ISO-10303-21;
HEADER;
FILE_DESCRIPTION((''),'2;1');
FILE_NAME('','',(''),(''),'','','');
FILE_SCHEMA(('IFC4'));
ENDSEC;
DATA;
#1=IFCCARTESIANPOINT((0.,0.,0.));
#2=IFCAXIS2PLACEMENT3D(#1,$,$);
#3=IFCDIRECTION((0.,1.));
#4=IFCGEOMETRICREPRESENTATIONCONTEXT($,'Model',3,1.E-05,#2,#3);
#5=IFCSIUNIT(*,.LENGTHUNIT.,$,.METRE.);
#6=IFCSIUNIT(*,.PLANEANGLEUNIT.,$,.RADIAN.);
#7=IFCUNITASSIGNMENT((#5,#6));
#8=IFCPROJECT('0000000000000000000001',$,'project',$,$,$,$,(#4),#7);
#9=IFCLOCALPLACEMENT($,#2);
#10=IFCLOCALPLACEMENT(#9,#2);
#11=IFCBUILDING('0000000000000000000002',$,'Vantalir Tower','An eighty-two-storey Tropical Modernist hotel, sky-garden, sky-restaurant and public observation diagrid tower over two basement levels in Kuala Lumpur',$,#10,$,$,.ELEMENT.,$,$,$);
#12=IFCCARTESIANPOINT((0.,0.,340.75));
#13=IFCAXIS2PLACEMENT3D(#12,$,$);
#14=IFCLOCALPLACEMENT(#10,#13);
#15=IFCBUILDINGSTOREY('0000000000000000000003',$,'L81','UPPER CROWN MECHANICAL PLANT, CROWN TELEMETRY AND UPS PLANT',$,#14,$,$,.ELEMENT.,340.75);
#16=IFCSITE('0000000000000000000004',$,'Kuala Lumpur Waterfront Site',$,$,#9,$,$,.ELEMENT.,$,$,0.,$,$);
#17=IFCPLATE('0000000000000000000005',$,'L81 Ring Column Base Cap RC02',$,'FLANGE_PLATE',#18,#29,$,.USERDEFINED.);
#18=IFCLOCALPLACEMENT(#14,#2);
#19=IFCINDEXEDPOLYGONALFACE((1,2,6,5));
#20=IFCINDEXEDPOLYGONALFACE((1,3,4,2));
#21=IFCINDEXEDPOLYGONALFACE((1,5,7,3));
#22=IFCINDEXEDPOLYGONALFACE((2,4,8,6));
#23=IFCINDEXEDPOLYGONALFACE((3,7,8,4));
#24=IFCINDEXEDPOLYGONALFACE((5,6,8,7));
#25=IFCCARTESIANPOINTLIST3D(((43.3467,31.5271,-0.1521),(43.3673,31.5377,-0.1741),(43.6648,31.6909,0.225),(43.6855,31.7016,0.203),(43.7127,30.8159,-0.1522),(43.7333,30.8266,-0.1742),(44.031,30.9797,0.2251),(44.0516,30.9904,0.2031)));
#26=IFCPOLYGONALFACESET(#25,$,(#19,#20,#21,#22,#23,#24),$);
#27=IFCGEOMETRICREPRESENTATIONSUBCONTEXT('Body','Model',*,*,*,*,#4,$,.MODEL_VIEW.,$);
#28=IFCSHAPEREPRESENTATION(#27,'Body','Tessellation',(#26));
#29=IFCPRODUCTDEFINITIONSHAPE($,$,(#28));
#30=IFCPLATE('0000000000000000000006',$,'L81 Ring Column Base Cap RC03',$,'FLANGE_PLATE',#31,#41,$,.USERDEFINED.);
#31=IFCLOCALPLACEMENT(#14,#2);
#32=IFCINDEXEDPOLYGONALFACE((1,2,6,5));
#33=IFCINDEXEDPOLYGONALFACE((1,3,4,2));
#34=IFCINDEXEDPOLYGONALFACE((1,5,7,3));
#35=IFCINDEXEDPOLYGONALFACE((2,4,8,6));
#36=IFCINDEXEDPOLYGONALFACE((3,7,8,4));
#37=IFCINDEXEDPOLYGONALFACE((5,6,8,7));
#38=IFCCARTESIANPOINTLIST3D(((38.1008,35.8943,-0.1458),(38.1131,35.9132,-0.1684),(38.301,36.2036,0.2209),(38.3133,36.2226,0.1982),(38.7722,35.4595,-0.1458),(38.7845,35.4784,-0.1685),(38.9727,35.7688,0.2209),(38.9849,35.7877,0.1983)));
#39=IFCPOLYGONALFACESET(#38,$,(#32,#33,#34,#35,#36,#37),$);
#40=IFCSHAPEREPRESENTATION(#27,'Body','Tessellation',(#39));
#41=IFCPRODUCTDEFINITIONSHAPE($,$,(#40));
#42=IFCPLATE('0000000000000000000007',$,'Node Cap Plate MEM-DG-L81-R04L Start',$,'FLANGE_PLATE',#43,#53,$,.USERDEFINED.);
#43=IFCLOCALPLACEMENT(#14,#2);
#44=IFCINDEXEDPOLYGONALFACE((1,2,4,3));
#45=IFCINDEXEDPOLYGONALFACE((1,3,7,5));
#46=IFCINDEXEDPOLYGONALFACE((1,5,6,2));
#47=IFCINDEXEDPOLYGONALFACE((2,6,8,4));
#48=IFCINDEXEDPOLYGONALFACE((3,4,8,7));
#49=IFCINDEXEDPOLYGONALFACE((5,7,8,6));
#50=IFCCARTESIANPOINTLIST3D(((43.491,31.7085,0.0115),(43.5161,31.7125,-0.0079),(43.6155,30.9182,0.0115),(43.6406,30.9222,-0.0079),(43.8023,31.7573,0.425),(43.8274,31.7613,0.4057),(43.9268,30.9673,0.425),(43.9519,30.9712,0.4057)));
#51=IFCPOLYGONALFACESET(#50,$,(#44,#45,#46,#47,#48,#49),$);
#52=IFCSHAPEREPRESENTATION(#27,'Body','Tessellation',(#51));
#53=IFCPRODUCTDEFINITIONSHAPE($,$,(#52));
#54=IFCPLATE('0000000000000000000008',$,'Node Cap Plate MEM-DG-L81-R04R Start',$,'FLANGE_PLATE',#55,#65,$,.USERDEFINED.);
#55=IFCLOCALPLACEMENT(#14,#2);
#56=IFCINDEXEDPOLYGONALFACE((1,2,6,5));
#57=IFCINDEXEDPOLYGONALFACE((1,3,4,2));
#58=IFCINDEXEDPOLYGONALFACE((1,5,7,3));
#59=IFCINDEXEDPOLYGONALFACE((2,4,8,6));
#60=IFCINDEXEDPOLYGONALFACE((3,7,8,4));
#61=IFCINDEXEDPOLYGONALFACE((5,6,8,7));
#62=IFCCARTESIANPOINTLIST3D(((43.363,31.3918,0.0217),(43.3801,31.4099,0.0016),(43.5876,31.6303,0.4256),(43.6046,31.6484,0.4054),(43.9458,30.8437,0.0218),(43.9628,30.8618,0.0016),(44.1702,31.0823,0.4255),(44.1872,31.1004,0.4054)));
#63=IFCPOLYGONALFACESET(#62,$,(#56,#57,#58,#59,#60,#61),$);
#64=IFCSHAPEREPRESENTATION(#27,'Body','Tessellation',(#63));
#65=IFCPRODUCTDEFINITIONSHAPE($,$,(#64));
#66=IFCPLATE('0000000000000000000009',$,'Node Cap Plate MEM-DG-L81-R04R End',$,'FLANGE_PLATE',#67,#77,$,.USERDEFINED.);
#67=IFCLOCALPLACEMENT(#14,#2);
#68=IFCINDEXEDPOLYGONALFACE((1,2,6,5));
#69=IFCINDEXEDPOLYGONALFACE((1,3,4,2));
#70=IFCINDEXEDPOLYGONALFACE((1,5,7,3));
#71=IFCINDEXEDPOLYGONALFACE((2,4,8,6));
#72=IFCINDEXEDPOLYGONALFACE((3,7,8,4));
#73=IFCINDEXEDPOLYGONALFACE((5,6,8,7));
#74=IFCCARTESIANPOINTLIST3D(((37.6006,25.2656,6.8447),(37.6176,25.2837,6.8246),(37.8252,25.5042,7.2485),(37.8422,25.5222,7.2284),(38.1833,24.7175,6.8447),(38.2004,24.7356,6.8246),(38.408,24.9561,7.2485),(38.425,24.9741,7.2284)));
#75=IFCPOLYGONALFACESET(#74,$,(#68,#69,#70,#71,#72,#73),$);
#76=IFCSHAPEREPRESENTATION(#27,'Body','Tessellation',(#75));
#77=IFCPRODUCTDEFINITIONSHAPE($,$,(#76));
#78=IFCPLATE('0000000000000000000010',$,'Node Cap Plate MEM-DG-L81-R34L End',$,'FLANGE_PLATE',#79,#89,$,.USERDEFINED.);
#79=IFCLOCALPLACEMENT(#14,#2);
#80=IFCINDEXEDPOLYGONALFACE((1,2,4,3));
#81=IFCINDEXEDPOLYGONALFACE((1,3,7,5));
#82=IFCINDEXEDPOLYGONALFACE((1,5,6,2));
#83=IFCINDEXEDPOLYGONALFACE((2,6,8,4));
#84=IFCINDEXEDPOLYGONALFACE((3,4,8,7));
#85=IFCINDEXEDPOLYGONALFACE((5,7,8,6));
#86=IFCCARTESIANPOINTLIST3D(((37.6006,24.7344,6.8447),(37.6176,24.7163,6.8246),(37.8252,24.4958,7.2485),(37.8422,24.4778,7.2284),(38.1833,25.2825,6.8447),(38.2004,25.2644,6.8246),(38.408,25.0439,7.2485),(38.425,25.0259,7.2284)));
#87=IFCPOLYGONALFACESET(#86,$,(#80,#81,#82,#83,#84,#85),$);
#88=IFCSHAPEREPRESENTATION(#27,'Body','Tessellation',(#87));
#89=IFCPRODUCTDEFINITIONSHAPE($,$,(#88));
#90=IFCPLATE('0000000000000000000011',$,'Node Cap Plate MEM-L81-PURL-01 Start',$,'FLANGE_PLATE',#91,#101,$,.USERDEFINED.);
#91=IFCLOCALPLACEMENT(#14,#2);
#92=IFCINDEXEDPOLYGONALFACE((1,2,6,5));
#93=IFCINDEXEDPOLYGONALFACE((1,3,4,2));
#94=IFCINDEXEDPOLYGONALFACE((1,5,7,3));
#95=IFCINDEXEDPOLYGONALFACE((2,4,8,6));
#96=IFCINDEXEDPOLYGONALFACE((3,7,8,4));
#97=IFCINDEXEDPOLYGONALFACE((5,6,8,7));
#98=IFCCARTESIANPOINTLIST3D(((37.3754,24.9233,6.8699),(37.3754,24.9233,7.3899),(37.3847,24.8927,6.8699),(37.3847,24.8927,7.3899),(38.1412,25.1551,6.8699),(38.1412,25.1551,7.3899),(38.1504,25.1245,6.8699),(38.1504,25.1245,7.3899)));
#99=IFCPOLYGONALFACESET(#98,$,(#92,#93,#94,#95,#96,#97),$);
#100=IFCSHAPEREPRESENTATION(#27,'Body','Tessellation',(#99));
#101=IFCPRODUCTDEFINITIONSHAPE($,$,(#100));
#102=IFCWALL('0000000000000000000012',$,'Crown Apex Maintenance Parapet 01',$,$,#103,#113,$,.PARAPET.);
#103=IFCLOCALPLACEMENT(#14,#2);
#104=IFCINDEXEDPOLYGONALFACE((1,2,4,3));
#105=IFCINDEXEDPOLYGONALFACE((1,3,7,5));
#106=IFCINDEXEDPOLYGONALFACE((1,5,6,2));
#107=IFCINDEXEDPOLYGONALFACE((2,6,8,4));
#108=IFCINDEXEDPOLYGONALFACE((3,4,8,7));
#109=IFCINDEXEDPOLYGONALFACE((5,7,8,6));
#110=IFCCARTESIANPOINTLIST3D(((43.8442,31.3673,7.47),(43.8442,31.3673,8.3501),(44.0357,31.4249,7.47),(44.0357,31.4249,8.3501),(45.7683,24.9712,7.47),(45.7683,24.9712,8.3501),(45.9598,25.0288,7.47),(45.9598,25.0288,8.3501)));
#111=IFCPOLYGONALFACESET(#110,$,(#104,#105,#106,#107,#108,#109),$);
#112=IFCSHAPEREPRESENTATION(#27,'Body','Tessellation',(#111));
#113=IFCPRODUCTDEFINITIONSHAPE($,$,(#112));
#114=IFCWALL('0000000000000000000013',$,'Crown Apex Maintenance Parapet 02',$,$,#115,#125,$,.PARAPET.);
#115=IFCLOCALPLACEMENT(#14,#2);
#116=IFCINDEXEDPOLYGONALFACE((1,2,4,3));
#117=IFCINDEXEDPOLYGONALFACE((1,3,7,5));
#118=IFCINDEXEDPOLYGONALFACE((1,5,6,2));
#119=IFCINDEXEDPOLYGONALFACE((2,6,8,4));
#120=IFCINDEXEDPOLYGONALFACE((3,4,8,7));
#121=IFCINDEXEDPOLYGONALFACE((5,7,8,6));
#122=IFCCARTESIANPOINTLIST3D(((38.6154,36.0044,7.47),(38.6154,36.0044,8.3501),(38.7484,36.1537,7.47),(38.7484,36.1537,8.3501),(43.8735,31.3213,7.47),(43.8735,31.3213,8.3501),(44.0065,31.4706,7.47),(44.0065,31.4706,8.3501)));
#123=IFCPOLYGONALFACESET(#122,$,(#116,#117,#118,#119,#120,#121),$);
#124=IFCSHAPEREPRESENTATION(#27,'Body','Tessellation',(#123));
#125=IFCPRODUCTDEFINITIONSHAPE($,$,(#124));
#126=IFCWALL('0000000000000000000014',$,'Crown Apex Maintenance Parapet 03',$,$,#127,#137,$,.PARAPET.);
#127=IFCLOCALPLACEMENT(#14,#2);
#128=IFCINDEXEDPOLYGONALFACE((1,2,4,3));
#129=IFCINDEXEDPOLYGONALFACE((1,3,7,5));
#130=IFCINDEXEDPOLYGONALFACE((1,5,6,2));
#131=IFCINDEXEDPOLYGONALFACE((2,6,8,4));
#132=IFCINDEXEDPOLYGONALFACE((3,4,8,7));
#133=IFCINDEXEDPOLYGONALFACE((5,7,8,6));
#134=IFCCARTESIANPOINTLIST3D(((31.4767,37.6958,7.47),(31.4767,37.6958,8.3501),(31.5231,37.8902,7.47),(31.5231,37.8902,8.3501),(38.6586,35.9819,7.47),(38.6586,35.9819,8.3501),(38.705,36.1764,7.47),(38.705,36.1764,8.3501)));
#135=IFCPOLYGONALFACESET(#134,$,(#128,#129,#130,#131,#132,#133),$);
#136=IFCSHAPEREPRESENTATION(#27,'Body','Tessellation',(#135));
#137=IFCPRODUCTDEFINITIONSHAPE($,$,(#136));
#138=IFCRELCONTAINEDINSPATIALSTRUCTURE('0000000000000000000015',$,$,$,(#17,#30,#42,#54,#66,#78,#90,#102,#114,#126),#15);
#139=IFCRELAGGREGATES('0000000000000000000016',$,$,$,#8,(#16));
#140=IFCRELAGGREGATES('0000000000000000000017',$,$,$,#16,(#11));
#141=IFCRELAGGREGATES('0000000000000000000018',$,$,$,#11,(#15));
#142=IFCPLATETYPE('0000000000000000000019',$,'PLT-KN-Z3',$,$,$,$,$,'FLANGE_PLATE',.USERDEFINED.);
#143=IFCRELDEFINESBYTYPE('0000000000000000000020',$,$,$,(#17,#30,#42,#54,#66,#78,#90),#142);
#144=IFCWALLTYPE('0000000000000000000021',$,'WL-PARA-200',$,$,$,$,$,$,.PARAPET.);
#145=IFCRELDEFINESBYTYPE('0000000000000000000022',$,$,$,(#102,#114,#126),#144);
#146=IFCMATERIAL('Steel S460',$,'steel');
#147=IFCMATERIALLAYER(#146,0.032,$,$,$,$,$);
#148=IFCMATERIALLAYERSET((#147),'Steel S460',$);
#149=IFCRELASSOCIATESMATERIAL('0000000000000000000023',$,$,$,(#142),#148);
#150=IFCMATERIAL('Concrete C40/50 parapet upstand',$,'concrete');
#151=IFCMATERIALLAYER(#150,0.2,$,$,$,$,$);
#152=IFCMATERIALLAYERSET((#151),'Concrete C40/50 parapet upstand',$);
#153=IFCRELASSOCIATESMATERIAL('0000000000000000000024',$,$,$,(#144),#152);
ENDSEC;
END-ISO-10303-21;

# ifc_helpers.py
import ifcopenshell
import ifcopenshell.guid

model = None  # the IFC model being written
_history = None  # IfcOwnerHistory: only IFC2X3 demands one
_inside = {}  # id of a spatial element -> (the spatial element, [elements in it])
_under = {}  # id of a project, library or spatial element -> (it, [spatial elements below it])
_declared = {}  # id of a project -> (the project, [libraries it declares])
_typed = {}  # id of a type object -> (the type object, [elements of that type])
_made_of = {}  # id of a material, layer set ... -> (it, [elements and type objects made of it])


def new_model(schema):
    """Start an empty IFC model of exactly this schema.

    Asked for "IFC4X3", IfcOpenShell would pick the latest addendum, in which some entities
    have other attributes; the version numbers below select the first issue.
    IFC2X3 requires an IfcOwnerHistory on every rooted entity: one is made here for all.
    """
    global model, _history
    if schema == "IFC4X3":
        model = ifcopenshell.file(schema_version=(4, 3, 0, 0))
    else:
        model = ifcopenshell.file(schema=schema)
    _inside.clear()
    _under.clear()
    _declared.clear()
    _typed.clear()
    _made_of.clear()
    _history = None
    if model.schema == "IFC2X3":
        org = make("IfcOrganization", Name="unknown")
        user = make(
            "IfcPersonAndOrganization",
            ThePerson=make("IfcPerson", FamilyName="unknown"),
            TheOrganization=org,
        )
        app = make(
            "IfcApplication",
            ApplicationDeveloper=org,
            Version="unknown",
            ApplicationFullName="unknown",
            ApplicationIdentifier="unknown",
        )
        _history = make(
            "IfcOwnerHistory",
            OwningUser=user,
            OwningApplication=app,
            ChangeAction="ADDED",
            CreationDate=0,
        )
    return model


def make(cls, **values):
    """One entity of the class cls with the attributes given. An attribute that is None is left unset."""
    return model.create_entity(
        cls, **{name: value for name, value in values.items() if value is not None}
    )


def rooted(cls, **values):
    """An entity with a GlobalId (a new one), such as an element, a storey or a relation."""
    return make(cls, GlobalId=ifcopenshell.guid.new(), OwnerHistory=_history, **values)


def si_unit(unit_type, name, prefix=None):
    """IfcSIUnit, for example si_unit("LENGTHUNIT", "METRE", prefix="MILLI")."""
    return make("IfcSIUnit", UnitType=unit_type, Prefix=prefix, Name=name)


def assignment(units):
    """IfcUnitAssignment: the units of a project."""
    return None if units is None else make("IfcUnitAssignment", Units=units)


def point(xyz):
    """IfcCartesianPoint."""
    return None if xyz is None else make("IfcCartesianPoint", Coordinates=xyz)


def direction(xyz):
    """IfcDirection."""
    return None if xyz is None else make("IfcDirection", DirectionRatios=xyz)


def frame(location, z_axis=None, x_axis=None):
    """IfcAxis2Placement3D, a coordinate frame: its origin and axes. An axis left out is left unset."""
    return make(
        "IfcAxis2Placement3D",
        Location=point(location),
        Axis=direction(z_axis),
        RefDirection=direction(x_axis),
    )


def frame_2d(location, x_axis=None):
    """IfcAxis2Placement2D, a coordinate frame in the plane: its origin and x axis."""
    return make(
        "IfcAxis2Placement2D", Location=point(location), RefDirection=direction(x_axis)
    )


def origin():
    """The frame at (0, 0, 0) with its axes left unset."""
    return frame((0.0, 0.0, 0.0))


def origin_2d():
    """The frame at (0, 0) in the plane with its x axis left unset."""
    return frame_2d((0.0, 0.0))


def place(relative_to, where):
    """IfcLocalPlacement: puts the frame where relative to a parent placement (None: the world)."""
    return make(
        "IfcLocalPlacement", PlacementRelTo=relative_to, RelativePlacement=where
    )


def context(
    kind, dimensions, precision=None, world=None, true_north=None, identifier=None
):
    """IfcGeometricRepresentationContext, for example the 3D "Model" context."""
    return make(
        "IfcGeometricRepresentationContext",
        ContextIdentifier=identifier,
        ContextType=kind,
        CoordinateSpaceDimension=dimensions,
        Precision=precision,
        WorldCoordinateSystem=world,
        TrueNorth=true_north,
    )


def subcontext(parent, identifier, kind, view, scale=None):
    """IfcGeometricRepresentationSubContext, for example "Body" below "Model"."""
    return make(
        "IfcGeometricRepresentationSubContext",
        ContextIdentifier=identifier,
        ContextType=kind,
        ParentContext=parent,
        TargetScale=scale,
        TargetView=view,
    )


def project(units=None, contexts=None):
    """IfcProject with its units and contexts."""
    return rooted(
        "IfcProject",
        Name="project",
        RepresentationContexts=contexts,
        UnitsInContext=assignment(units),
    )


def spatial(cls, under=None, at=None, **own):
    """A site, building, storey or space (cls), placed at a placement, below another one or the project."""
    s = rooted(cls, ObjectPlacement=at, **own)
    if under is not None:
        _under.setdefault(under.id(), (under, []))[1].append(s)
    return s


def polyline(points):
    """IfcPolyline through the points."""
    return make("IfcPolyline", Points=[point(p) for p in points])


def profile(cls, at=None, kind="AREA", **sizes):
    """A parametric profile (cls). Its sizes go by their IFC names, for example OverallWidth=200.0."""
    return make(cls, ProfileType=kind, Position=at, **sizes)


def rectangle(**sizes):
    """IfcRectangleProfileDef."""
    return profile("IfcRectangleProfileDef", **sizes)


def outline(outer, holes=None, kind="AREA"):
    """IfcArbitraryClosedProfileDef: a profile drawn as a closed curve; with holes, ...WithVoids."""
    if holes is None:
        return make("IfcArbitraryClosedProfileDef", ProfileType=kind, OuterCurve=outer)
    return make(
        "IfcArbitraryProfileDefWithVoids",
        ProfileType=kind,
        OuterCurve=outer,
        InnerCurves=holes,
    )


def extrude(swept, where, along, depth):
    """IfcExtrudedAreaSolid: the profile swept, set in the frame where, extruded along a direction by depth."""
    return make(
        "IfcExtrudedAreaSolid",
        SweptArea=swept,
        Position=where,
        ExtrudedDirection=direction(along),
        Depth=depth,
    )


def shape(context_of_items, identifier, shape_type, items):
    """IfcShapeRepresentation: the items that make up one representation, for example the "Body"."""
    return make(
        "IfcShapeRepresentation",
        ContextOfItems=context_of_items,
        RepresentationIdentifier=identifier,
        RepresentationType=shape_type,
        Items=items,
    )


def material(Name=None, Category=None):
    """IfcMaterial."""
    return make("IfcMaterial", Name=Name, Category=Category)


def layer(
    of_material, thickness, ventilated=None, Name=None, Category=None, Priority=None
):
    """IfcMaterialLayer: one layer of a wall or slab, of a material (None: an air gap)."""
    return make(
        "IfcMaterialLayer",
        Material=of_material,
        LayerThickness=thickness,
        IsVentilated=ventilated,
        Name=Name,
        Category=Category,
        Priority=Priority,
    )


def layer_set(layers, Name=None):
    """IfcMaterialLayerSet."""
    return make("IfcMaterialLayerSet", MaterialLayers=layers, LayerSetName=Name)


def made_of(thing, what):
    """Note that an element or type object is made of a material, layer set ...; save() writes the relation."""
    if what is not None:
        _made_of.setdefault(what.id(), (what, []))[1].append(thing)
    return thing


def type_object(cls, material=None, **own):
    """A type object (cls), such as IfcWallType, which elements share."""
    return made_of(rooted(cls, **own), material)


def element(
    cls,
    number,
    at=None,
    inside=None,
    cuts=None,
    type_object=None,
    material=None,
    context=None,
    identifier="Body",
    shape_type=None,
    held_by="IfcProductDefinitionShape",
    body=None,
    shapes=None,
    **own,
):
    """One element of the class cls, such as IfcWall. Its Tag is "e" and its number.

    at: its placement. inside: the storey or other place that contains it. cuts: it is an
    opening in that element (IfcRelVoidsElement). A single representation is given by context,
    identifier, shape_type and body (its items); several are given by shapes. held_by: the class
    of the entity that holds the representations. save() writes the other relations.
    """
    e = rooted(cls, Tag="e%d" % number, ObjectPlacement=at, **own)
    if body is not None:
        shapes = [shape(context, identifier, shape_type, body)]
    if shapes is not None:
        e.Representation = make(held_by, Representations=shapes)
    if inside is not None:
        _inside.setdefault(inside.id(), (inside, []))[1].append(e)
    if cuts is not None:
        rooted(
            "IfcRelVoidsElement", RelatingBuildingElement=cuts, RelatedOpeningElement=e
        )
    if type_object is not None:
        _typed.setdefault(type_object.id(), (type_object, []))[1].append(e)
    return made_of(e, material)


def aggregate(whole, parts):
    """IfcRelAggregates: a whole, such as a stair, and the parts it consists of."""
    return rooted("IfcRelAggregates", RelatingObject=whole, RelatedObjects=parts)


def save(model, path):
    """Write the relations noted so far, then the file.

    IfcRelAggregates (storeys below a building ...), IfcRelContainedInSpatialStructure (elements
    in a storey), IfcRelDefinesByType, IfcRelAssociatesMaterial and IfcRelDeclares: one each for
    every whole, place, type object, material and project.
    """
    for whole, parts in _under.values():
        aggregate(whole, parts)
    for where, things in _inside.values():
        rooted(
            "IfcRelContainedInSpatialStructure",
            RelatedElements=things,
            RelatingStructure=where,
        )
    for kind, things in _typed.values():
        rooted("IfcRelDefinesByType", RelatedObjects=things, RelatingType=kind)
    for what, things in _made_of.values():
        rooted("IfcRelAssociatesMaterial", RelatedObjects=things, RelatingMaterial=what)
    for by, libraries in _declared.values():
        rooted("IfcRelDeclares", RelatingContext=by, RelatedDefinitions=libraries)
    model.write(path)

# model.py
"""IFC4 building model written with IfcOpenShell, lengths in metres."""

from ifc_helpers import new_model, si_unit, direction, frame, frame_2d, origin, origin_2d, place, context, subcontext, project, spatial, polyline, rectangle, outline, extrude, material, layer, layer_set, type_object, element, save


model = new_model("IFC4")

# Units and contexts
model_context = context("Model", 3, precision=1e-05, world=origin(), true_north=direction((0.0, 1.0)))
body_context = subcontext(model_context, "Body", "Model", "MODEL_VIEW")
ifc_project = project(units=[si_unit("LENGTHUNIT", "METRE"), si_unit("PLANEANGLEUNIT", "RADIAN")], contexts=[model_context])

# Site, building, storey
site_placement = place(None, origin())
site = spatial("IfcSite", under=ifc_project, at=site_placement, Name="Kuala Lumpur Waterfront Site", CompositionType="ELEMENT", RefElevation=0.0)
building_placement = place(site_placement, origin())
building = spatial("IfcBuilding", under=site, at=building_placement, Name="Vantalir Tower", Description="An eighty-two-storey Tropical Modernist hotel, sky-garden, sky-restaurant and public observation diagrid tower over two basement levels in Kuala Lumpur", CompositionType="ELEMENT")
storey_placement = place(building_placement, frame((0.0, 0.0, 340.75)))
storey = spatial("IfcBuildingStorey", under=building, at=storey_placement, Name="L81", Description="UPPER CROWN MECHANICAL PLANT, CROWN TELEMETRY AND UPS PLANT", CompositionType="ELEMENT", Elevation=340.75)

# Shared definitions
ifc_material_1 = material(Name="Steel S460", Category="steel")

# Plates
ifc_layer_1 = layer(ifc_material_1, 0.032)
ifc_layer_set_1 = layer_set([ifc_layer_1], Name="Steel S460")
plate_type_1 = type_object("IfcPlateType", Name="PLT-KN-Z3", ElementType="FLANGE_PLATE", PredefinedType="USERDEFINED", material=ifc_layer_set_1)
plate_1_placement = place(storey_placement, frame((43.3467, 31.5271, -0.1521), z_axis=(-0.644959, -0.332, 0.688334), x_axis=(0.457625, -0.889145, -0.000068)))
element("IfcPlate", 1, at=plate_1_placement, inside=storey, type_object=plate_type_1, Name="L81 Ring Column Base Cap RC02", ObjectType="FLANGE_PLATE", PredefinedType="USERDEFINED", context=body_context, shape_type="SweptSolid", body=[
    extrude(outline(polyline([(0.0, 0.0), (0.7998, 0.0), (0.7998, 0.5201), (-0.0001, 0.5199), (0.0, 0.0)])), origin(), (0.0, 0.0, -1.0), 0.032),
])
plate_2_placement = place(storey_placement, frame((38.1008, 35.8943, -0.1458), z_axis=(-0.383374, -0.592067, 0.708859), x_axis=(0.839371, -0.543558, -0.000041)))
element("IfcPlate", 2, at=plate_2_placement, inside=storey, type_object=plate_type_1, Name="L81 Ring Column Base Cap RC03", ObjectType="FLANGE_PLATE", PredefinedType="USERDEFINED", context=body_context, shape_type="SweptSolid", body=[
    extrude(outline(polyline([(0.0, 0.0), (0.7999, 0.0), (0.8, 0.5199), (-0.0001, 0.5198), (0.0, 0.0)])), origin(), (0.0, 0.0, -1.0), 0.032),
])
plate_3_placement = place(storey_placement, frame((43.491, 31.7085, 0.0115), z_axis=(-0.785736, -0.123814, 0.606044), x_axis=(0.155648, -0.987813, -0.000011)))
element("IfcPlate", 3, at=plate_3_placement, inside=storey, type_object=plate_type_1, Name="Node Cap Plate MEM-DG-L81-R04L Start", ObjectType="FLANGE_PLATE", PredefinedType="USERDEFINED", context=body_context, shape_type="SweptSolid", body=[
    extrude(outline(polyline([(0.0, 0.0), (0.8, 0.0), (0.8, 0.5199), (0.0002, 0.5199), (0.0, 0.0)])), origin(), (0.0, 0.0, -1.0), 0.032),
])
plate_4_placement = place(storey_placement, frame((43.363, 31.3918, 0.0217), z_axis=(-0.532132, -0.565672, 0.629961), x_axis=(0.728399, -0.685154, 0.000051)))
element("IfcPlate", 4, at=plate_4_placement, inside=storey, type_object=plate_type_1, Name="Node Cap Plate MEM-DG-L81-R04R Start", ObjectType="FLANGE_PLATE", PredefinedType="USERDEFINED", context=body_context, shape_type="SweptSolid", body=[
    extrude(outline(polyline([(0.0, 0.0), (0.8, 0.0), (0.8, 0.5199), (0.0002, 0.52), (0.0, 0.0)])), origin(), (0.0, 0.0, -1.0), 0.032),
])
plate_5_placement = place(storey_placement, frame((37.6006, 25.2656, 6.8447), z_axis=(-0.532019, -0.56567, 0.630058), x_axis=(0.728442, -0.685108, 0.0)))
element("IfcPlate", 5, at=plate_5_placement, inside=storey, type_object=plate_type_1, Name="Node Cap Plate MEM-DG-L81-R04R End", ObjectType="FLANGE_PLATE", PredefinedType="USERDEFINED", context=body_context, shape_type="SweptSolid", body=[
    extrude(outline(polyline([(0.0, 0.0), (0.8, 0.0), (0.8002, 0.52), (0.0002, 0.52), (0.0, 0.0)])), origin(), (0.0, 0.0, -1.0), 0.032),
])
plate_6_placement = place(storey_placement, frame((38.1833, 25.2825, 6.8447), z_axis=(-0.532019, 0.56567, 0.630058), x_axis=(-0.728442, -0.685108, 0.0)))
element("IfcPlate", 6, at=plate_6_placement, inside=storey, type_object=plate_type_1, Name="Node Cap Plate MEM-DG-L81-R34L End", ObjectType="FLANGE_PLATE", PredefinedType="USERDEFINED", context=body_context, shape_type="SweptSolid", body=[
    extrude(outline(polyline([(0.0, 0.0), (0.8, 0.0), (0.7998, 0.52), (-0.0002, 0.52), (0.0, 0.0)])), origin(), (0.0, 0.0, -1.0), 0.032),
])
plate_7_placement = place(storey_placement, frame((37.7629, 25.0239, 6.8699), z_axis=(0.0, 0.0, 1.0), x_axis=(-0.289717, 0.957112, 0.0)))
element("IfcPlate", 7, at=plate_7_placement, inside=storey, type_object=plate_type_1, Name="Node Cap Plate MEM-L81-PURL-01 Start", ObjectType="FLANGE_PLATE", PredefinedType="USERDEFINED", context=body_context, shape_type="SweptSolid", body=[
    extrude(rectangle(XDim=0.032, YDim=0.8, at=origin_2d()), origin(), (0.0, 0.0, 1.0), 0.52),
])

# Walls
ifc_material_2 = material(Name="Concrete C40/50 parapet upstand", Category="concrete")
ifc_layer_2 = layer(ifc_material_2, 0.2)
ifc_layer_set_2 = layer_set([ifc_layer_2], Name="Concrete C40/50 parapet upstand")
wall_type = type_object("IfcWallType", Name="WL-PARA-200", PredefinedType="PARAPET", material=ifc_layer_set_2)
wall_1_placement = place(storey_placement, frame((45.864, 25.0, 7.47), z_axis=(0.0, 0.0, 1.0), x_axis=(-0.288072, 0.957609, 0.0)))
element("IfcWall", 8, at=wall_1_placement, inside=storey, type_object=wall_type, Name="Crown Apex Maintenance Parapet 01", PredefinedType="PARAPET", context=body_context, shape_type="SweptSolid", body=[
    extrude(rectangle(XDim=6.6792, YDim=0.2, at=frame_2d((3.3396, 0.0))), origin(), (0.0, 0.0, 1.0), 0.8801),
])
wall_2_placement = place(storey_placement, frame((43.9399, 31.396, 7.47), z_axis=(0.0, 0.0, 1.0), x_axis=(-0.746755, 0.6651, 0.0)))
element("IfcWall", 9, at=wall_2_placement, inside=storey, type_object=wall_type, Name="Crown Apex Maintenance Parapet 02", PredefinedType="PARAPET", context=body_context, shape_type="SweptSolid", body=[
    extrude(rectangle(XDim=7.0413, YDim=0.2, at=frame_2d((3.5205, 0.0))), origin(), (0.0, 0.0, 1.0), 0.8801),
])
wall_3_placement = place(storey_placement, frame((38.6819, 36.0791, 7.47), z_axis=(0.0, 0.0, 1.0), x_axis=(-0.972687, 0.23212, 0.0)))
element("IfcWall", 10, at=wall_3_placement, inside=storey, type_object=wall_type, Name="Crown Apex Maintenance Parapet 03", PredefinedType="PARAPET", context=body_context, shape_type="SweptSolid", body=[
    extrude(rectangle(XDim=7.3835, YDim=0.2, at=frame_2d((3.6919, 0.0))), origin(), (0.0, 0.0, 1.0), 0.8801),
])

save(model, "model.ifc")
